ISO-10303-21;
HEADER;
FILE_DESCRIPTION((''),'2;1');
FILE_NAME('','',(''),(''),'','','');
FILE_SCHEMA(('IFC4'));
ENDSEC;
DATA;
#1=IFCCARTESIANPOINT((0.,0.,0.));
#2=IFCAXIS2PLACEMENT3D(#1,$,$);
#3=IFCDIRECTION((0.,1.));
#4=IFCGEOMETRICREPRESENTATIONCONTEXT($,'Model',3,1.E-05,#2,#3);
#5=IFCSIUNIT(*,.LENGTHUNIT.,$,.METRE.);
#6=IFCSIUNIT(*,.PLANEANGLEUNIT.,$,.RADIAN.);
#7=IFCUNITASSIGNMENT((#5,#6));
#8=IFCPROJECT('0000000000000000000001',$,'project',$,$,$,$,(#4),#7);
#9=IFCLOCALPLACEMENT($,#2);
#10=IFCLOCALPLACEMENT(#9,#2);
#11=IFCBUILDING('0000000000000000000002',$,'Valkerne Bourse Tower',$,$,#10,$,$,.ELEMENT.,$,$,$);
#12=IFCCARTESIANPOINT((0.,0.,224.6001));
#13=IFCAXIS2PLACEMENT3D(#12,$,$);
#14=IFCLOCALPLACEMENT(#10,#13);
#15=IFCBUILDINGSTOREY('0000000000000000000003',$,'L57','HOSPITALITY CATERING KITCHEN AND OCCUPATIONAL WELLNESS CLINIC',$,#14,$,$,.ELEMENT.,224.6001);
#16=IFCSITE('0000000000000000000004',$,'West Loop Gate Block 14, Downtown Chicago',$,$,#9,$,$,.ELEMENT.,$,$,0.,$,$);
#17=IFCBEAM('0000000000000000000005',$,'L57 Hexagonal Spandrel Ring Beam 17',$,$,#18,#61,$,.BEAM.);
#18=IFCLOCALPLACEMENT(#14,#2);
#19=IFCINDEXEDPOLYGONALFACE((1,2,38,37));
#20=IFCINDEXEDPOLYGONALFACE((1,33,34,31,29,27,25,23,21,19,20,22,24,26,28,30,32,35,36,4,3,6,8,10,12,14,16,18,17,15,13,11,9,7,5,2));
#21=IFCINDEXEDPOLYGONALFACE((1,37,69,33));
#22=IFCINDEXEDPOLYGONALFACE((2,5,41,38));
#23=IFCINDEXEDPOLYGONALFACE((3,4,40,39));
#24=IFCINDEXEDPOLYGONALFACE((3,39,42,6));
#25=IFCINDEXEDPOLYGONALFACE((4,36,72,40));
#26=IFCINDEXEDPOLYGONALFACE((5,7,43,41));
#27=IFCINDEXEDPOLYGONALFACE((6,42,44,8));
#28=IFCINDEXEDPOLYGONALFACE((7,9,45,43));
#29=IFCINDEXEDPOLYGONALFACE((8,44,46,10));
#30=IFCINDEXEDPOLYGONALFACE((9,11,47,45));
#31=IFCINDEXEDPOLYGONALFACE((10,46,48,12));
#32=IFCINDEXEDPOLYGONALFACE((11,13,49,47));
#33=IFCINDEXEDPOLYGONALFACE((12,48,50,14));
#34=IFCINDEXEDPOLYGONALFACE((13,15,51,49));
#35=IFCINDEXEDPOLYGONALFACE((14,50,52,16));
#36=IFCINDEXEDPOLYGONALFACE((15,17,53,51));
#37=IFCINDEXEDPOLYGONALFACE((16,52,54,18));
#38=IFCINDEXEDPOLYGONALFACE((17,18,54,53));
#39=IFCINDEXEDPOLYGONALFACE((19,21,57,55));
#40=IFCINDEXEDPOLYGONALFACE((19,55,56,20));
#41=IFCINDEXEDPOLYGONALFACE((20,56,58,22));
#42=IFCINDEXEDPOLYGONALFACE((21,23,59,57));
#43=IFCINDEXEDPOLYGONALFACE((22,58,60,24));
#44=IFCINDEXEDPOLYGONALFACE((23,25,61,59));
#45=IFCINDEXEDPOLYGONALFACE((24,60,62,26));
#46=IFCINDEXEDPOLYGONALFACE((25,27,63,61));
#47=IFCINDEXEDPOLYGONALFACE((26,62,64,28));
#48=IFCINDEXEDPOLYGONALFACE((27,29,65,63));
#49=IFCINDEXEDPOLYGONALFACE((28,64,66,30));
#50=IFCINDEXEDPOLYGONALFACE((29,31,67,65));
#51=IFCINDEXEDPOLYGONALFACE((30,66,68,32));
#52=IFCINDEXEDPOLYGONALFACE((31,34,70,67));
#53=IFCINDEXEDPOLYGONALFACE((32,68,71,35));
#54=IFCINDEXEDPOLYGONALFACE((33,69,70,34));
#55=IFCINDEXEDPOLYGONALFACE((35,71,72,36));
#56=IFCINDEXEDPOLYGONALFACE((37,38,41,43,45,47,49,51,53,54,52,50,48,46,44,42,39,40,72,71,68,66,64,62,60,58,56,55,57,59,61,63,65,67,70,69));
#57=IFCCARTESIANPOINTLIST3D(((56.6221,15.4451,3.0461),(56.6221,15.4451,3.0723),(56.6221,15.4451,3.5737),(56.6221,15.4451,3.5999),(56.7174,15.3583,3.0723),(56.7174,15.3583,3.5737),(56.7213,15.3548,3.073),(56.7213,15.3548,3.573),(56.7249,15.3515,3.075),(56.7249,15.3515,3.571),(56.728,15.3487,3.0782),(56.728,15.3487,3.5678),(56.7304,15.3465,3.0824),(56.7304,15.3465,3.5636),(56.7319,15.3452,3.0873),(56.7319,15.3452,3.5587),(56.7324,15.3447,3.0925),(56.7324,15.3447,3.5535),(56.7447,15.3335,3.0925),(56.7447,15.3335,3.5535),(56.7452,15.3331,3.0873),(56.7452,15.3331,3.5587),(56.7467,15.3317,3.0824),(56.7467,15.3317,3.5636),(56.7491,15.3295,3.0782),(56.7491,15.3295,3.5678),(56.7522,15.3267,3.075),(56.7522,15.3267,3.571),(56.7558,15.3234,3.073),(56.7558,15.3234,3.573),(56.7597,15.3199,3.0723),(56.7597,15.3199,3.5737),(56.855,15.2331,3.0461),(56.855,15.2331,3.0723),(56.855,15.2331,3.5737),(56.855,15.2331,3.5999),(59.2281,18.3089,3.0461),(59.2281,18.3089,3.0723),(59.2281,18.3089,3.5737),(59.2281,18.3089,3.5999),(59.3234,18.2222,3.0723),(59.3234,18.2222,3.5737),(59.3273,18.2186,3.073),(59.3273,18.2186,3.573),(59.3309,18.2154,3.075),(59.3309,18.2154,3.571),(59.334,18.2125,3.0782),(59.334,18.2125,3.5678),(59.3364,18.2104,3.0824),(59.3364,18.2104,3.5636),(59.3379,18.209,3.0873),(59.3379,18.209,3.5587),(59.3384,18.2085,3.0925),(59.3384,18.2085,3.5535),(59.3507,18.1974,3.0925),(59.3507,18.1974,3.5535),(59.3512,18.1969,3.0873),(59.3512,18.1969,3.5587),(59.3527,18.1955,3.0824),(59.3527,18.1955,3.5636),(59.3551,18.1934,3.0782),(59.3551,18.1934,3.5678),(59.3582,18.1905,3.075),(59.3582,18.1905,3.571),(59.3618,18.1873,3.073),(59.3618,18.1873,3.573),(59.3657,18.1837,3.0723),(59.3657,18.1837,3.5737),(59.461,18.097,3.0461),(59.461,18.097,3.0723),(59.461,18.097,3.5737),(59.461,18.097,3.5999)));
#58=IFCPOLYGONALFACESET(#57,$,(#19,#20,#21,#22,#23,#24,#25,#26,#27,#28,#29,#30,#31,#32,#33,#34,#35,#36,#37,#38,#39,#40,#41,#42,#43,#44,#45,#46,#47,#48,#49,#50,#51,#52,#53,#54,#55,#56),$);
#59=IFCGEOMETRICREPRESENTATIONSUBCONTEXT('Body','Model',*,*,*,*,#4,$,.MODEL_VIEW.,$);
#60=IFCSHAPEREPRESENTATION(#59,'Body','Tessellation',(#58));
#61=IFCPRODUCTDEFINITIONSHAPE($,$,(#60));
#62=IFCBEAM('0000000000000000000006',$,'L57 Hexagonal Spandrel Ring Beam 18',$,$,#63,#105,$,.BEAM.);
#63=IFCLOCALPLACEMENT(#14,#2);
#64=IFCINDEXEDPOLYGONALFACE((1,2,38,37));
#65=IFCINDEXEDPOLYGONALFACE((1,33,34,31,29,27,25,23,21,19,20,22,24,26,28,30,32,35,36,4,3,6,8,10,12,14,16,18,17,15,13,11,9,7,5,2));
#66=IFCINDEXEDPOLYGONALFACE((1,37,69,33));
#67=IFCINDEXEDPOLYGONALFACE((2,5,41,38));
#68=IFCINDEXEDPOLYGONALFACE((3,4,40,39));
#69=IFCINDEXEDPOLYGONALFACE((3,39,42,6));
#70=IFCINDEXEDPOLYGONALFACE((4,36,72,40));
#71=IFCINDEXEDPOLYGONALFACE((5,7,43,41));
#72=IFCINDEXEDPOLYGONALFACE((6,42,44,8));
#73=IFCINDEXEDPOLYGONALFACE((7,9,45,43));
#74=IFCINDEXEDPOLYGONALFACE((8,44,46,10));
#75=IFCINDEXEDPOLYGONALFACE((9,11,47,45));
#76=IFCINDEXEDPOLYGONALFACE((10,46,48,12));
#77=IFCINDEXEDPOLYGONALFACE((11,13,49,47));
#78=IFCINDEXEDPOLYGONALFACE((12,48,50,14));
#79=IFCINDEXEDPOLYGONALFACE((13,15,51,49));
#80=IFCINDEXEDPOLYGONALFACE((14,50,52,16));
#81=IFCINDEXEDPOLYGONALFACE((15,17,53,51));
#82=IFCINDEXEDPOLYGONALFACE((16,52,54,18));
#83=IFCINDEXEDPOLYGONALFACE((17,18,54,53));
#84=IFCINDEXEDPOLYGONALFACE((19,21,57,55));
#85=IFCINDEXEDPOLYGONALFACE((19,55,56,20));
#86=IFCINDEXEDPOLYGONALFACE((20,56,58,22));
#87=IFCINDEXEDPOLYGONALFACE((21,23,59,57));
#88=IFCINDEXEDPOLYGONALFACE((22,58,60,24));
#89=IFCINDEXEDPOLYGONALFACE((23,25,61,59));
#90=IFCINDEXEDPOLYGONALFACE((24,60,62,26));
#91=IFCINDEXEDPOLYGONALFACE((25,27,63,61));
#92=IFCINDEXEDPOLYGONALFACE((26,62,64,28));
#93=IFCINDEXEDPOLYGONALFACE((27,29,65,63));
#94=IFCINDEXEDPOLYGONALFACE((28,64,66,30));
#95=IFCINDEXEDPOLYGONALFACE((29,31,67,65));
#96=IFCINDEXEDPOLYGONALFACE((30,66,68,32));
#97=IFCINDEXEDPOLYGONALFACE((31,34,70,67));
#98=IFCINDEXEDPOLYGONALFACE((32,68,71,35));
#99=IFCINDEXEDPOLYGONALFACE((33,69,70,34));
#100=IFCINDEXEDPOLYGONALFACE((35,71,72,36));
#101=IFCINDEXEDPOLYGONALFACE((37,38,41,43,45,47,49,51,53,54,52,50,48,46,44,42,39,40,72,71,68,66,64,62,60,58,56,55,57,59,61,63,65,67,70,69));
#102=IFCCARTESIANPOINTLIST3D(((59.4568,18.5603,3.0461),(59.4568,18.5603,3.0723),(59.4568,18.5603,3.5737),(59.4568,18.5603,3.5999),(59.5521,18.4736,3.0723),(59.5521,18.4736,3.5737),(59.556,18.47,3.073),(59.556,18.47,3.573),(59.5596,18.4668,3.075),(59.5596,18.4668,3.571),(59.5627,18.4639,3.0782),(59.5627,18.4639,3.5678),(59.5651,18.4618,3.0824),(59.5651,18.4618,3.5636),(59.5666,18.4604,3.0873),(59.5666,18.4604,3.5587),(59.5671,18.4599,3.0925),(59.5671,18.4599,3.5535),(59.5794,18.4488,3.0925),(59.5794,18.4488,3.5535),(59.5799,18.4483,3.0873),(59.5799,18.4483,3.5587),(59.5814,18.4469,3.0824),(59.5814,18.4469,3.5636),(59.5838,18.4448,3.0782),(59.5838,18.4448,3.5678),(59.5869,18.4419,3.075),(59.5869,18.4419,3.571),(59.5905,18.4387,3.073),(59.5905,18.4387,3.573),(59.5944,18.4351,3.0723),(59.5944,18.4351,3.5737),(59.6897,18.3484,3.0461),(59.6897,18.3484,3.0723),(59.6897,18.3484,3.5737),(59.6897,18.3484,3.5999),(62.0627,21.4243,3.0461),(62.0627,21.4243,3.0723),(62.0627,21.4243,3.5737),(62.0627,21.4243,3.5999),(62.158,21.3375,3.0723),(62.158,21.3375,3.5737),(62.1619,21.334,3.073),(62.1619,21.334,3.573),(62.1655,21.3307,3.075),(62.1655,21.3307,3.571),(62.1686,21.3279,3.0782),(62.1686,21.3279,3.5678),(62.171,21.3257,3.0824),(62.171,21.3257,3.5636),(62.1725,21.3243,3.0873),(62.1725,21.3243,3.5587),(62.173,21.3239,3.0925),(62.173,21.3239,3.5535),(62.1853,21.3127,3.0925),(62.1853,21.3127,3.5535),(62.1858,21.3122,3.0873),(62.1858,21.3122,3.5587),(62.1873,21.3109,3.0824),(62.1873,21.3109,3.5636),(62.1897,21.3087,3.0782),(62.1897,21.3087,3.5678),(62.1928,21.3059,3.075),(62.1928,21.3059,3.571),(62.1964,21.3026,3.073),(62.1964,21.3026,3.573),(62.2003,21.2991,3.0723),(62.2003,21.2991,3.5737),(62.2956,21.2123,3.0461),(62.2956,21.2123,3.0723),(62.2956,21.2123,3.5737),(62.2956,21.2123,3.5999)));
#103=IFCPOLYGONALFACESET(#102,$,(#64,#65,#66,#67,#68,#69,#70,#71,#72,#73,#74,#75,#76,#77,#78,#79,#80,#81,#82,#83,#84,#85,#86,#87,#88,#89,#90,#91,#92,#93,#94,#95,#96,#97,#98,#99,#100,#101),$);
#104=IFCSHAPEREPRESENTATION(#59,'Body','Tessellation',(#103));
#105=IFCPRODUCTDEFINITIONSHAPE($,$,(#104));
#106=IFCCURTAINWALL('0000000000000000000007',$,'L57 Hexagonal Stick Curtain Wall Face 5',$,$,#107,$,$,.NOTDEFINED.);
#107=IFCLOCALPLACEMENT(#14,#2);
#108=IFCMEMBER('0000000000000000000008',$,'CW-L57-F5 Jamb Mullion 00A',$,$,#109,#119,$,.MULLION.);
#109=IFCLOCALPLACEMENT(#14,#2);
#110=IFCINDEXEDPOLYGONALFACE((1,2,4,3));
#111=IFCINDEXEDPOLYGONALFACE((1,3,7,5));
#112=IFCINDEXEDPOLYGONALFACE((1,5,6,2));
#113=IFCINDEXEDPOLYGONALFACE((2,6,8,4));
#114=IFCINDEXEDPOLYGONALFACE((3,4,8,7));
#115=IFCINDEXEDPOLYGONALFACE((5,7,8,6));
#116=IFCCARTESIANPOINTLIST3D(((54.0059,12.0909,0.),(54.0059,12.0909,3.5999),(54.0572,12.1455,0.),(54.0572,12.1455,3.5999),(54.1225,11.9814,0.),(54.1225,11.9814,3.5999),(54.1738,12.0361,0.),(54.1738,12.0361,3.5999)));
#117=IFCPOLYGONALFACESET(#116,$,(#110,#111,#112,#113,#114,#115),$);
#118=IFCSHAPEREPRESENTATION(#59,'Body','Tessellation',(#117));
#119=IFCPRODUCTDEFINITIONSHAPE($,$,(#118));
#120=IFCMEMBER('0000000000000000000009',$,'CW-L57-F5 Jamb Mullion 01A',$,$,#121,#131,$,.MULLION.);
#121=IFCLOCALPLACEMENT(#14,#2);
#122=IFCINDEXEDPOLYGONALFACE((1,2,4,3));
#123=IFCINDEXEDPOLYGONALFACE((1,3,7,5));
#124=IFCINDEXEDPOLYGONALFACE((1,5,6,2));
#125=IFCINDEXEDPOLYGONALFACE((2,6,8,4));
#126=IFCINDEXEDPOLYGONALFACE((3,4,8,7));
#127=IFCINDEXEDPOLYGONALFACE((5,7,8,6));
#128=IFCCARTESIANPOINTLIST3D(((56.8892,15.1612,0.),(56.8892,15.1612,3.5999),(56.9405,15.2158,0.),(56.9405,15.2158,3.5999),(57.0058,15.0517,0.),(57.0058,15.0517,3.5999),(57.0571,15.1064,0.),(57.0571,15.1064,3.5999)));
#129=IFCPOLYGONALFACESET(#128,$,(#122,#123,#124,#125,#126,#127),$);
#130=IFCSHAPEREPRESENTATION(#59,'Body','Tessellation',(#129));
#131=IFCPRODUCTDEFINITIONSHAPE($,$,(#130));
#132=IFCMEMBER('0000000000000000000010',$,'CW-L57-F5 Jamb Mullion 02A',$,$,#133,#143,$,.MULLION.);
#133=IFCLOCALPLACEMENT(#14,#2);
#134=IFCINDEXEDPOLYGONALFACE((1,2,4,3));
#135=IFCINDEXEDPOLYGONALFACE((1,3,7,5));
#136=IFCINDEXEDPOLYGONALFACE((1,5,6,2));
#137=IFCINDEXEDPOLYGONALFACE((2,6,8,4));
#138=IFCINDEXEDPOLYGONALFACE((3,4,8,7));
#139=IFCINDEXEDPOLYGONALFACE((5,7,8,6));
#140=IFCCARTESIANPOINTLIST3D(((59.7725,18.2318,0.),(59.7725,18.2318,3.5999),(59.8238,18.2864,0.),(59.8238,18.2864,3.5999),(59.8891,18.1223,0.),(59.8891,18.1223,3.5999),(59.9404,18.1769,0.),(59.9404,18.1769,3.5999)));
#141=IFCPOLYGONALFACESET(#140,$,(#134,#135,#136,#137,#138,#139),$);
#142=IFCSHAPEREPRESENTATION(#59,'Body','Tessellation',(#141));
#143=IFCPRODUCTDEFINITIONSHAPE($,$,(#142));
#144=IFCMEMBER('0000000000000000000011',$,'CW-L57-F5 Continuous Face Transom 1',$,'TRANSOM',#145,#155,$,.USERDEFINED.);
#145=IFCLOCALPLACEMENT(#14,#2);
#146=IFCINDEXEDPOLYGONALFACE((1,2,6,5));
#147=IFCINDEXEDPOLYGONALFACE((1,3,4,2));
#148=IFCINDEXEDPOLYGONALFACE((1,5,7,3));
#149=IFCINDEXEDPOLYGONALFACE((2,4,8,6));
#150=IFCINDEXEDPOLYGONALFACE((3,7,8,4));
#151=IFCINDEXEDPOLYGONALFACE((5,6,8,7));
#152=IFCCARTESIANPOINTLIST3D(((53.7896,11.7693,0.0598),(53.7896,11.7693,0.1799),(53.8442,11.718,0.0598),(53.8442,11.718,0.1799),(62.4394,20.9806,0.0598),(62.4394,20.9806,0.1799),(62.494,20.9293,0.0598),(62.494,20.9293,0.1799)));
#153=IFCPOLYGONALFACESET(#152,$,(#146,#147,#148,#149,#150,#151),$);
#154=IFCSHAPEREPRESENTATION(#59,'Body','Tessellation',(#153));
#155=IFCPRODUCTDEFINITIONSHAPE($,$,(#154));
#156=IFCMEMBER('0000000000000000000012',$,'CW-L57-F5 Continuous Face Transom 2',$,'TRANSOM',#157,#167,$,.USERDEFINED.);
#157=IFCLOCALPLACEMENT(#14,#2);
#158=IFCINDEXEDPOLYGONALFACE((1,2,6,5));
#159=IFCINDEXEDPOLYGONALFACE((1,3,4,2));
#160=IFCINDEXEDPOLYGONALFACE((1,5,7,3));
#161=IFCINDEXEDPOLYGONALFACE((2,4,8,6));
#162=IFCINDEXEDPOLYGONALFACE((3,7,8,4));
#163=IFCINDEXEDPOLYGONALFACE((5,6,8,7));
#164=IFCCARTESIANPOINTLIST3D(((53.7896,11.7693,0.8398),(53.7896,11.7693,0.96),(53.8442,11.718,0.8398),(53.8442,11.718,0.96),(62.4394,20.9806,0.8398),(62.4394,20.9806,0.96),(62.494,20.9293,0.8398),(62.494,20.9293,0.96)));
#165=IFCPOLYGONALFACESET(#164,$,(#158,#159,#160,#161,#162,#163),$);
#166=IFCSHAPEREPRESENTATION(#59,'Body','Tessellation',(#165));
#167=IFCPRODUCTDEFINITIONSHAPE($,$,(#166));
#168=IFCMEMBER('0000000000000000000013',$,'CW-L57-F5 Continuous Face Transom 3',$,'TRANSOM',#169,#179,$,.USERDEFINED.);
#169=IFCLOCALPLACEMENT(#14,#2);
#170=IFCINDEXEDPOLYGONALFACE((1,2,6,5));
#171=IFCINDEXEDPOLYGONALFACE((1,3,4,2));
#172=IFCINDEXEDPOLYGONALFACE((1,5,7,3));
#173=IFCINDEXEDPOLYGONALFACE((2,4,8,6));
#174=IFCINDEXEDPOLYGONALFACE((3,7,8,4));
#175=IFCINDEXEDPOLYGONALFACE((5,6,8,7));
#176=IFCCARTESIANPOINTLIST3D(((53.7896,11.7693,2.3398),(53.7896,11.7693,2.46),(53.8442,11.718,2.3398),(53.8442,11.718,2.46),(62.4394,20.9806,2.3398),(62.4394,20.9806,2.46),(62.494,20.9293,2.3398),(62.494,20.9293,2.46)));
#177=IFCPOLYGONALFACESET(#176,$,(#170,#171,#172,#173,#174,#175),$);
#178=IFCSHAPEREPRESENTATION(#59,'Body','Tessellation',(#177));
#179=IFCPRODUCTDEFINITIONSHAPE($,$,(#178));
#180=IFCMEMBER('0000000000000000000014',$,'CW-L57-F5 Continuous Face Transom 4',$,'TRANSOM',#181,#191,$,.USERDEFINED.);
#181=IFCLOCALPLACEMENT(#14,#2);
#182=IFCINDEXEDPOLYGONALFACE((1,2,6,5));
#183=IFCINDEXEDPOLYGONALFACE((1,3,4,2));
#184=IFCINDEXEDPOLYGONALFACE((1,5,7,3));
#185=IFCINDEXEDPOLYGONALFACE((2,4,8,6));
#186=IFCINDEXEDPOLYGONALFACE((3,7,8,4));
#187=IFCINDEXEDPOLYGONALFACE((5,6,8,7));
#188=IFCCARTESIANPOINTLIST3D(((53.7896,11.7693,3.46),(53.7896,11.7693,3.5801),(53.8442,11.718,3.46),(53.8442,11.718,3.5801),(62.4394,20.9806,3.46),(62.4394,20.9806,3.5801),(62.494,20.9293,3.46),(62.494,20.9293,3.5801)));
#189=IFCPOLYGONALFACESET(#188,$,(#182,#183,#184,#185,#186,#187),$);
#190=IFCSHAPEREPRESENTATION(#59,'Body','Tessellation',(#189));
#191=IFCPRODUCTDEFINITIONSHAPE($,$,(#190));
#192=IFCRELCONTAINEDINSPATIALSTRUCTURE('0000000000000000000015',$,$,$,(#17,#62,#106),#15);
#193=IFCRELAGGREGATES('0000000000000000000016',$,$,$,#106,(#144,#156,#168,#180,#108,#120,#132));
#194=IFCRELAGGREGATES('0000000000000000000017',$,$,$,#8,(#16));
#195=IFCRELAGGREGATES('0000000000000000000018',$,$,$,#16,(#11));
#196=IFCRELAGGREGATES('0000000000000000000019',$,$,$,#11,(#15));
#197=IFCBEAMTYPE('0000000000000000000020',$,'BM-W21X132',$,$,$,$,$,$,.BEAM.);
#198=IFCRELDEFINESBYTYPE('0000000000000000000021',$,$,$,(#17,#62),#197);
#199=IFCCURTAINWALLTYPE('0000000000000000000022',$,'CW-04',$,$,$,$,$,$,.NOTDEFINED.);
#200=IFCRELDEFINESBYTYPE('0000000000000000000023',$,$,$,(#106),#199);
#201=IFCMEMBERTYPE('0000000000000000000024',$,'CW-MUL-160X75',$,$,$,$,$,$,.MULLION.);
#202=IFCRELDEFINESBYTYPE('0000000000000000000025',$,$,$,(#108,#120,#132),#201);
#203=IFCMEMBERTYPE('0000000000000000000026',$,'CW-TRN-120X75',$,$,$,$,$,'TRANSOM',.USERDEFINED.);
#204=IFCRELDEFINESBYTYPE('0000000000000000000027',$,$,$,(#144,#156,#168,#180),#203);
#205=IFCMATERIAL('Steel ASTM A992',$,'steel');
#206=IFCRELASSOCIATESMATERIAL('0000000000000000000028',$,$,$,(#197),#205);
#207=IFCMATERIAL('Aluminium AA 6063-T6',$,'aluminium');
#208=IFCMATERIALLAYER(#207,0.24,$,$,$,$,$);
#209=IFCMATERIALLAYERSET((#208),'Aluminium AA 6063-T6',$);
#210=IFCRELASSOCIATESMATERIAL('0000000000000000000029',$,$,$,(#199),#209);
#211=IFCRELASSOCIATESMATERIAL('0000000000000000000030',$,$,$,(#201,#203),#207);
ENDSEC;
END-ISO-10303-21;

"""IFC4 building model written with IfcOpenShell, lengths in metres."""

from ifc_helpers import new_model, si_unit, direction, frame, origin, origin_2d, place, context, subcontext, project, spatial, rectangle, i_section, extrude, material, layer, layer_set, material_profile, profile_set, type_object, element, aggregate, save


model = new_model("IFC4")

# Units and contexts
model_context = context("Model", 3, precision=1e-05, world=origin(), true_north=direction((0.0, 1.0)))
body_context = subcontext(model_context, "Body", "Model", "MODEL_VIEW")
ifc_project = project(units=[si_unit("LENGTHUNIT", "METRE"), si_unit("PLANEANGLEUNIT", "RADIAN")], contexts=[model_context])

# Site, building, storey
site_placement = place(None, origin())
site = spatial("IfcSite", under=ifc_project, at=site_placement, Name="West Loop Gate Block 14, Downtown Chicago", CompositionType="ELEMENT", RefElevation=0.0)
building_placement = place(site_placement, origin())
building = spatial("IfcBuilding", under=site, at=building_placement, Name="Valkerne Bourse Tower", CompositionType="ELEMENT")
storey_placement = place(building_placement, frame((0.0, 0.0, 224.6001)))
storey = spatial("IfcBuildingStorey", under=building, at=storey_placement, Name="L57", Description="HOSPITALITY CATERING KITCHEN AND OCCUPATIONAL WELLNESS CLINIC", CompositionType="ELEMENT", Elevation=224.6001)

# Beams
ifc_material_1 = material(Name="Steel ASTM A992", Category="steel")
ifc_material_profile_1 = material_profile(ifc_material_1, i_section(OverallWidth=0.3149, OverallDepth=0.5537, WebThickness=0.0166, FlangeThickness=0.0261, FilletRadius=0.0203, at=origin_2d()), Name="W21X132")
ifc_profile_set_1 = profile_set([ifc_material_profile_1], Name="Steel ASTM A992")
beam_type = type_object("IfcBeamType", Name="BM-W21X132", PredefinedType="BEAM", material=ifc_profile_set_1)
for number, where, z_axis, x_axis, name in (
    (1, (56.7385, 15.3391, 3.323), (0.67303, 0.739615, 0.0), (-0.739615, 0.67303, 0.0), "L57 Hexagonal Spandrel Ring Beam 17"),
    (2, (59.5732, 18.4543, 3.323), (0.672999, 0.739643, 0.0), (-0.739643, 0.672999, 0.0), "L57 Hexagonal Spandrel Ring Beam 18"),
):
    element("IfcBeam", number, at=place(storey_placement, frame(where, z_axis=z_axis, x_axis=x_axis)), inside=storey, type_object=beam_type, Name=name, PredefinedType="BEAM", context=body_context, shape_type="SweptSolid", body=[
        extrude(i_section(OverallWidth=0.3149, OverallDepth=0.5537, WebThickness=0.0166, FlangeThickness=0.0261, FilletRadius=0.0203, at=origin_2d()), origin(), (0.0, 0.0, 1.0), 3.8721),
    ])

# Curtain wall, members
ifc_material_2 = material(Name="Aluminium AA 6063-T6", Category="aluminium")
ifc_layer_1 = layer(ifc_material_2, 0.24)
ifc_layer_set_1 = layer_set([ifc_layer_1], Name="Aluminium AA 6063-T6")
curtain_wall_type = type_object("IfcCurtainWallType", Name="CW-04", PredefinedType="NOTDEFINED", material=ifc_layer_set_1)
curtain_wall_placement = place(storey_placement, origin())
curtain_wall = element("IfcCurtainWall", 3, at=curtain_wall_placement, inside=storey, type_object=curtain_wall_type, Name="L57 Hexagonal Stick Curtain Wall Face 5", PredefinedType="NOTDEFINED")
ifc_material_profile_2 = material_profile(ifc_material_2, rectangle(XDim=0.075, YDim=0.1599, at=origin_2d()), Name="CWM-75X160")
ifc_profile_set_2 = profile_set([ifc_material_profile_2], Name="Aluminium AA 6063-T6")
member_type_1 = type_object("IfcMemberType", Name="CW-MUL-160X75", PredefinedType="MULLION", material=ifc_profile_set_2)
member_1_placement = place(storey_placement, frame((54.0898, 12.0635, 0.0), z_axis=(0.0, 0.0, 1.0), x_axis=(0.68456, 0.728956, 0.0)))
member_1 = element("IfcMember", 4, at=member_1_placement, type_object=member_type_1, Name="CW-L57-F5 Jamb Mullion 00A", PredefinedType="MULLION", context=body_context, shape_type="SweptSolid", body=[
    extrude(rectangle(XDim=0.075, YDim=0.1599, at=origin_2d()), origin(), (0.0, 0.0, 1.0), 3.5999),
])
member_2_placement = place(storey_placement, frame((56.9731, 15.1338, 0.0), z_axis=(0.0, 0.0, 1.0), x_axis=(0.684536, 0.728979, 0.0)))
member_2 = element("IfcMember", 5, at=member_2_placement, type_object=member_type_1, Name="CW-L57-F5 Jamb Mullion 01A", PredefinedType="MULLION", context=body_context, shape_type="SweptSolid", body=[
    extrude(rectangle(XDim=0.075, YDim=0.1599, at=origin_2d()), origin(), (0.0, 0.0, 1.0), 3.5999),
])
member_3_placement = place(storey_placement, frame((59.8564, 18.2043, 0.0), z_axis=(0.0, 0.0, 1.0), x_axis=(0.684547, 0.728968, 0.0)))
member_3 = element("IfcMember", 6, at=member_3_placement, type_object=member_type_1, Name="CW-L57-F5 Jamb Mullion 02A", PredefinedType="MULLION", context=body_context, shape_type="SweptSolid", body=[
    extrude(rectangle(XDim=0.075, YDim=0.1599, at=origin_2d()), origin(), (0.0, 0.0, 1.0), 3.5999),
])
ifc_material_profile_3 = material_profile(ifc_material_2, rectangle(XDim=0.075, YDim=0.1201, at=origin_2d()), Name="CWT-75X120")
ifc_profile_set_3 = profile_set([ifc_material_profile_3], Name="Aluminium AA 6063-T6")
member_type_2 = type_object("IfcMemberType", Name="CW-TRN-120X75", ElementType="TRANSOM", PredefinedType="USERDEFINED", material=ifc_profile_set_3)
member_4_placement = place(storey_placement, frame((53.8169, 11.7437, 0.1199), z_axis=(0.684539, 0.728977, 0.0), x_axis=(-0.728977, 0.684539, 0.0)))
member_4 = element("IfcMember", 7, at=member_4_placement, type_object=member_type_2, Name="CW-L57-F5 Continuous Face Transom 1", ObjectType="TRANSOM", PredefinedType="USERDEFINED", context=body_context, shape_type="SweptSolid", body=[
    extrude(rectangle(XDim=0.075, YDim=0.1201, at=origin_2d()), origin(), (0.0, 0.0, 1.0), 12.636),
])
member_5_placement = place(storey_placement, frame((53.8169, 11.7437, 0.8999), z_axis=(0.684539, 0.728977, 0.0), x_axis=(-0.728977, 0.684539, 0.0)))
member_5 = element("IfcMember", 8, at=member_5_placement, type_object=member_type_2, Name="CW-L57-F5 Continuous Face Transom 2", ObjectType="TRANSOM", PredefinedType="USERDEFINED", context=body_context, shape_type="SweptSolid", body=[
    extrude(rectangle(XDim=0.075, YDim=0.1201, at=origin_2d()), origin(), (0.0, 0.0, 1.0), 12.636),
])
member_6_placement = place(storey_placement, frame((53.8169, 11.7437, 2.3999), z_axis=(0.684539, 0.728977, 0.0), x_axis=(-0.728977, 0.684539, 0.0)))
member_6 = element("IfcMember", 9, at=member_6_placement, type_object=member_type_2, Name="CW-L57-F5 Continuous Face Transom 3", ObjectType="TRANSOM", PredefinedType="USERDEFINED", context=body_context, shape_type="SweptSolid", body=[
    extrude(rectangle(XDim=0.075, YDim=0.1201, at=origin_2d()), origin(), (0.0, 0.0, 1.0), 12.636),
])
member_7_placement = place(storey_placement, frame((53.8169, 11.7437, 3.52), z_axis=(0.684539, 0.728977, 0.0), x_axis=(-0.728977, 0.684539, 0.0)))
member_7 = element("IfcMember", 10, at=member_7_placement, type_object=member_type_2, Name="CW-L57-F5 Continuous Face Transom 4", ObjectType="TRANSOM", PredefinedType="USERDEFINED", context=body_context, shape_type="SweptSolid", body=[
    extrude(rectangle(XDim=0.075, YDim=0.1201, at=origin_2d()), origin(), (0.0, 0.0, 1.0), 12.636),
])

aggregate(curtain_wall, [member_4, member_5, member_6, member_7, member_1, member_2, member_3])

save(model, "model.ifc")
